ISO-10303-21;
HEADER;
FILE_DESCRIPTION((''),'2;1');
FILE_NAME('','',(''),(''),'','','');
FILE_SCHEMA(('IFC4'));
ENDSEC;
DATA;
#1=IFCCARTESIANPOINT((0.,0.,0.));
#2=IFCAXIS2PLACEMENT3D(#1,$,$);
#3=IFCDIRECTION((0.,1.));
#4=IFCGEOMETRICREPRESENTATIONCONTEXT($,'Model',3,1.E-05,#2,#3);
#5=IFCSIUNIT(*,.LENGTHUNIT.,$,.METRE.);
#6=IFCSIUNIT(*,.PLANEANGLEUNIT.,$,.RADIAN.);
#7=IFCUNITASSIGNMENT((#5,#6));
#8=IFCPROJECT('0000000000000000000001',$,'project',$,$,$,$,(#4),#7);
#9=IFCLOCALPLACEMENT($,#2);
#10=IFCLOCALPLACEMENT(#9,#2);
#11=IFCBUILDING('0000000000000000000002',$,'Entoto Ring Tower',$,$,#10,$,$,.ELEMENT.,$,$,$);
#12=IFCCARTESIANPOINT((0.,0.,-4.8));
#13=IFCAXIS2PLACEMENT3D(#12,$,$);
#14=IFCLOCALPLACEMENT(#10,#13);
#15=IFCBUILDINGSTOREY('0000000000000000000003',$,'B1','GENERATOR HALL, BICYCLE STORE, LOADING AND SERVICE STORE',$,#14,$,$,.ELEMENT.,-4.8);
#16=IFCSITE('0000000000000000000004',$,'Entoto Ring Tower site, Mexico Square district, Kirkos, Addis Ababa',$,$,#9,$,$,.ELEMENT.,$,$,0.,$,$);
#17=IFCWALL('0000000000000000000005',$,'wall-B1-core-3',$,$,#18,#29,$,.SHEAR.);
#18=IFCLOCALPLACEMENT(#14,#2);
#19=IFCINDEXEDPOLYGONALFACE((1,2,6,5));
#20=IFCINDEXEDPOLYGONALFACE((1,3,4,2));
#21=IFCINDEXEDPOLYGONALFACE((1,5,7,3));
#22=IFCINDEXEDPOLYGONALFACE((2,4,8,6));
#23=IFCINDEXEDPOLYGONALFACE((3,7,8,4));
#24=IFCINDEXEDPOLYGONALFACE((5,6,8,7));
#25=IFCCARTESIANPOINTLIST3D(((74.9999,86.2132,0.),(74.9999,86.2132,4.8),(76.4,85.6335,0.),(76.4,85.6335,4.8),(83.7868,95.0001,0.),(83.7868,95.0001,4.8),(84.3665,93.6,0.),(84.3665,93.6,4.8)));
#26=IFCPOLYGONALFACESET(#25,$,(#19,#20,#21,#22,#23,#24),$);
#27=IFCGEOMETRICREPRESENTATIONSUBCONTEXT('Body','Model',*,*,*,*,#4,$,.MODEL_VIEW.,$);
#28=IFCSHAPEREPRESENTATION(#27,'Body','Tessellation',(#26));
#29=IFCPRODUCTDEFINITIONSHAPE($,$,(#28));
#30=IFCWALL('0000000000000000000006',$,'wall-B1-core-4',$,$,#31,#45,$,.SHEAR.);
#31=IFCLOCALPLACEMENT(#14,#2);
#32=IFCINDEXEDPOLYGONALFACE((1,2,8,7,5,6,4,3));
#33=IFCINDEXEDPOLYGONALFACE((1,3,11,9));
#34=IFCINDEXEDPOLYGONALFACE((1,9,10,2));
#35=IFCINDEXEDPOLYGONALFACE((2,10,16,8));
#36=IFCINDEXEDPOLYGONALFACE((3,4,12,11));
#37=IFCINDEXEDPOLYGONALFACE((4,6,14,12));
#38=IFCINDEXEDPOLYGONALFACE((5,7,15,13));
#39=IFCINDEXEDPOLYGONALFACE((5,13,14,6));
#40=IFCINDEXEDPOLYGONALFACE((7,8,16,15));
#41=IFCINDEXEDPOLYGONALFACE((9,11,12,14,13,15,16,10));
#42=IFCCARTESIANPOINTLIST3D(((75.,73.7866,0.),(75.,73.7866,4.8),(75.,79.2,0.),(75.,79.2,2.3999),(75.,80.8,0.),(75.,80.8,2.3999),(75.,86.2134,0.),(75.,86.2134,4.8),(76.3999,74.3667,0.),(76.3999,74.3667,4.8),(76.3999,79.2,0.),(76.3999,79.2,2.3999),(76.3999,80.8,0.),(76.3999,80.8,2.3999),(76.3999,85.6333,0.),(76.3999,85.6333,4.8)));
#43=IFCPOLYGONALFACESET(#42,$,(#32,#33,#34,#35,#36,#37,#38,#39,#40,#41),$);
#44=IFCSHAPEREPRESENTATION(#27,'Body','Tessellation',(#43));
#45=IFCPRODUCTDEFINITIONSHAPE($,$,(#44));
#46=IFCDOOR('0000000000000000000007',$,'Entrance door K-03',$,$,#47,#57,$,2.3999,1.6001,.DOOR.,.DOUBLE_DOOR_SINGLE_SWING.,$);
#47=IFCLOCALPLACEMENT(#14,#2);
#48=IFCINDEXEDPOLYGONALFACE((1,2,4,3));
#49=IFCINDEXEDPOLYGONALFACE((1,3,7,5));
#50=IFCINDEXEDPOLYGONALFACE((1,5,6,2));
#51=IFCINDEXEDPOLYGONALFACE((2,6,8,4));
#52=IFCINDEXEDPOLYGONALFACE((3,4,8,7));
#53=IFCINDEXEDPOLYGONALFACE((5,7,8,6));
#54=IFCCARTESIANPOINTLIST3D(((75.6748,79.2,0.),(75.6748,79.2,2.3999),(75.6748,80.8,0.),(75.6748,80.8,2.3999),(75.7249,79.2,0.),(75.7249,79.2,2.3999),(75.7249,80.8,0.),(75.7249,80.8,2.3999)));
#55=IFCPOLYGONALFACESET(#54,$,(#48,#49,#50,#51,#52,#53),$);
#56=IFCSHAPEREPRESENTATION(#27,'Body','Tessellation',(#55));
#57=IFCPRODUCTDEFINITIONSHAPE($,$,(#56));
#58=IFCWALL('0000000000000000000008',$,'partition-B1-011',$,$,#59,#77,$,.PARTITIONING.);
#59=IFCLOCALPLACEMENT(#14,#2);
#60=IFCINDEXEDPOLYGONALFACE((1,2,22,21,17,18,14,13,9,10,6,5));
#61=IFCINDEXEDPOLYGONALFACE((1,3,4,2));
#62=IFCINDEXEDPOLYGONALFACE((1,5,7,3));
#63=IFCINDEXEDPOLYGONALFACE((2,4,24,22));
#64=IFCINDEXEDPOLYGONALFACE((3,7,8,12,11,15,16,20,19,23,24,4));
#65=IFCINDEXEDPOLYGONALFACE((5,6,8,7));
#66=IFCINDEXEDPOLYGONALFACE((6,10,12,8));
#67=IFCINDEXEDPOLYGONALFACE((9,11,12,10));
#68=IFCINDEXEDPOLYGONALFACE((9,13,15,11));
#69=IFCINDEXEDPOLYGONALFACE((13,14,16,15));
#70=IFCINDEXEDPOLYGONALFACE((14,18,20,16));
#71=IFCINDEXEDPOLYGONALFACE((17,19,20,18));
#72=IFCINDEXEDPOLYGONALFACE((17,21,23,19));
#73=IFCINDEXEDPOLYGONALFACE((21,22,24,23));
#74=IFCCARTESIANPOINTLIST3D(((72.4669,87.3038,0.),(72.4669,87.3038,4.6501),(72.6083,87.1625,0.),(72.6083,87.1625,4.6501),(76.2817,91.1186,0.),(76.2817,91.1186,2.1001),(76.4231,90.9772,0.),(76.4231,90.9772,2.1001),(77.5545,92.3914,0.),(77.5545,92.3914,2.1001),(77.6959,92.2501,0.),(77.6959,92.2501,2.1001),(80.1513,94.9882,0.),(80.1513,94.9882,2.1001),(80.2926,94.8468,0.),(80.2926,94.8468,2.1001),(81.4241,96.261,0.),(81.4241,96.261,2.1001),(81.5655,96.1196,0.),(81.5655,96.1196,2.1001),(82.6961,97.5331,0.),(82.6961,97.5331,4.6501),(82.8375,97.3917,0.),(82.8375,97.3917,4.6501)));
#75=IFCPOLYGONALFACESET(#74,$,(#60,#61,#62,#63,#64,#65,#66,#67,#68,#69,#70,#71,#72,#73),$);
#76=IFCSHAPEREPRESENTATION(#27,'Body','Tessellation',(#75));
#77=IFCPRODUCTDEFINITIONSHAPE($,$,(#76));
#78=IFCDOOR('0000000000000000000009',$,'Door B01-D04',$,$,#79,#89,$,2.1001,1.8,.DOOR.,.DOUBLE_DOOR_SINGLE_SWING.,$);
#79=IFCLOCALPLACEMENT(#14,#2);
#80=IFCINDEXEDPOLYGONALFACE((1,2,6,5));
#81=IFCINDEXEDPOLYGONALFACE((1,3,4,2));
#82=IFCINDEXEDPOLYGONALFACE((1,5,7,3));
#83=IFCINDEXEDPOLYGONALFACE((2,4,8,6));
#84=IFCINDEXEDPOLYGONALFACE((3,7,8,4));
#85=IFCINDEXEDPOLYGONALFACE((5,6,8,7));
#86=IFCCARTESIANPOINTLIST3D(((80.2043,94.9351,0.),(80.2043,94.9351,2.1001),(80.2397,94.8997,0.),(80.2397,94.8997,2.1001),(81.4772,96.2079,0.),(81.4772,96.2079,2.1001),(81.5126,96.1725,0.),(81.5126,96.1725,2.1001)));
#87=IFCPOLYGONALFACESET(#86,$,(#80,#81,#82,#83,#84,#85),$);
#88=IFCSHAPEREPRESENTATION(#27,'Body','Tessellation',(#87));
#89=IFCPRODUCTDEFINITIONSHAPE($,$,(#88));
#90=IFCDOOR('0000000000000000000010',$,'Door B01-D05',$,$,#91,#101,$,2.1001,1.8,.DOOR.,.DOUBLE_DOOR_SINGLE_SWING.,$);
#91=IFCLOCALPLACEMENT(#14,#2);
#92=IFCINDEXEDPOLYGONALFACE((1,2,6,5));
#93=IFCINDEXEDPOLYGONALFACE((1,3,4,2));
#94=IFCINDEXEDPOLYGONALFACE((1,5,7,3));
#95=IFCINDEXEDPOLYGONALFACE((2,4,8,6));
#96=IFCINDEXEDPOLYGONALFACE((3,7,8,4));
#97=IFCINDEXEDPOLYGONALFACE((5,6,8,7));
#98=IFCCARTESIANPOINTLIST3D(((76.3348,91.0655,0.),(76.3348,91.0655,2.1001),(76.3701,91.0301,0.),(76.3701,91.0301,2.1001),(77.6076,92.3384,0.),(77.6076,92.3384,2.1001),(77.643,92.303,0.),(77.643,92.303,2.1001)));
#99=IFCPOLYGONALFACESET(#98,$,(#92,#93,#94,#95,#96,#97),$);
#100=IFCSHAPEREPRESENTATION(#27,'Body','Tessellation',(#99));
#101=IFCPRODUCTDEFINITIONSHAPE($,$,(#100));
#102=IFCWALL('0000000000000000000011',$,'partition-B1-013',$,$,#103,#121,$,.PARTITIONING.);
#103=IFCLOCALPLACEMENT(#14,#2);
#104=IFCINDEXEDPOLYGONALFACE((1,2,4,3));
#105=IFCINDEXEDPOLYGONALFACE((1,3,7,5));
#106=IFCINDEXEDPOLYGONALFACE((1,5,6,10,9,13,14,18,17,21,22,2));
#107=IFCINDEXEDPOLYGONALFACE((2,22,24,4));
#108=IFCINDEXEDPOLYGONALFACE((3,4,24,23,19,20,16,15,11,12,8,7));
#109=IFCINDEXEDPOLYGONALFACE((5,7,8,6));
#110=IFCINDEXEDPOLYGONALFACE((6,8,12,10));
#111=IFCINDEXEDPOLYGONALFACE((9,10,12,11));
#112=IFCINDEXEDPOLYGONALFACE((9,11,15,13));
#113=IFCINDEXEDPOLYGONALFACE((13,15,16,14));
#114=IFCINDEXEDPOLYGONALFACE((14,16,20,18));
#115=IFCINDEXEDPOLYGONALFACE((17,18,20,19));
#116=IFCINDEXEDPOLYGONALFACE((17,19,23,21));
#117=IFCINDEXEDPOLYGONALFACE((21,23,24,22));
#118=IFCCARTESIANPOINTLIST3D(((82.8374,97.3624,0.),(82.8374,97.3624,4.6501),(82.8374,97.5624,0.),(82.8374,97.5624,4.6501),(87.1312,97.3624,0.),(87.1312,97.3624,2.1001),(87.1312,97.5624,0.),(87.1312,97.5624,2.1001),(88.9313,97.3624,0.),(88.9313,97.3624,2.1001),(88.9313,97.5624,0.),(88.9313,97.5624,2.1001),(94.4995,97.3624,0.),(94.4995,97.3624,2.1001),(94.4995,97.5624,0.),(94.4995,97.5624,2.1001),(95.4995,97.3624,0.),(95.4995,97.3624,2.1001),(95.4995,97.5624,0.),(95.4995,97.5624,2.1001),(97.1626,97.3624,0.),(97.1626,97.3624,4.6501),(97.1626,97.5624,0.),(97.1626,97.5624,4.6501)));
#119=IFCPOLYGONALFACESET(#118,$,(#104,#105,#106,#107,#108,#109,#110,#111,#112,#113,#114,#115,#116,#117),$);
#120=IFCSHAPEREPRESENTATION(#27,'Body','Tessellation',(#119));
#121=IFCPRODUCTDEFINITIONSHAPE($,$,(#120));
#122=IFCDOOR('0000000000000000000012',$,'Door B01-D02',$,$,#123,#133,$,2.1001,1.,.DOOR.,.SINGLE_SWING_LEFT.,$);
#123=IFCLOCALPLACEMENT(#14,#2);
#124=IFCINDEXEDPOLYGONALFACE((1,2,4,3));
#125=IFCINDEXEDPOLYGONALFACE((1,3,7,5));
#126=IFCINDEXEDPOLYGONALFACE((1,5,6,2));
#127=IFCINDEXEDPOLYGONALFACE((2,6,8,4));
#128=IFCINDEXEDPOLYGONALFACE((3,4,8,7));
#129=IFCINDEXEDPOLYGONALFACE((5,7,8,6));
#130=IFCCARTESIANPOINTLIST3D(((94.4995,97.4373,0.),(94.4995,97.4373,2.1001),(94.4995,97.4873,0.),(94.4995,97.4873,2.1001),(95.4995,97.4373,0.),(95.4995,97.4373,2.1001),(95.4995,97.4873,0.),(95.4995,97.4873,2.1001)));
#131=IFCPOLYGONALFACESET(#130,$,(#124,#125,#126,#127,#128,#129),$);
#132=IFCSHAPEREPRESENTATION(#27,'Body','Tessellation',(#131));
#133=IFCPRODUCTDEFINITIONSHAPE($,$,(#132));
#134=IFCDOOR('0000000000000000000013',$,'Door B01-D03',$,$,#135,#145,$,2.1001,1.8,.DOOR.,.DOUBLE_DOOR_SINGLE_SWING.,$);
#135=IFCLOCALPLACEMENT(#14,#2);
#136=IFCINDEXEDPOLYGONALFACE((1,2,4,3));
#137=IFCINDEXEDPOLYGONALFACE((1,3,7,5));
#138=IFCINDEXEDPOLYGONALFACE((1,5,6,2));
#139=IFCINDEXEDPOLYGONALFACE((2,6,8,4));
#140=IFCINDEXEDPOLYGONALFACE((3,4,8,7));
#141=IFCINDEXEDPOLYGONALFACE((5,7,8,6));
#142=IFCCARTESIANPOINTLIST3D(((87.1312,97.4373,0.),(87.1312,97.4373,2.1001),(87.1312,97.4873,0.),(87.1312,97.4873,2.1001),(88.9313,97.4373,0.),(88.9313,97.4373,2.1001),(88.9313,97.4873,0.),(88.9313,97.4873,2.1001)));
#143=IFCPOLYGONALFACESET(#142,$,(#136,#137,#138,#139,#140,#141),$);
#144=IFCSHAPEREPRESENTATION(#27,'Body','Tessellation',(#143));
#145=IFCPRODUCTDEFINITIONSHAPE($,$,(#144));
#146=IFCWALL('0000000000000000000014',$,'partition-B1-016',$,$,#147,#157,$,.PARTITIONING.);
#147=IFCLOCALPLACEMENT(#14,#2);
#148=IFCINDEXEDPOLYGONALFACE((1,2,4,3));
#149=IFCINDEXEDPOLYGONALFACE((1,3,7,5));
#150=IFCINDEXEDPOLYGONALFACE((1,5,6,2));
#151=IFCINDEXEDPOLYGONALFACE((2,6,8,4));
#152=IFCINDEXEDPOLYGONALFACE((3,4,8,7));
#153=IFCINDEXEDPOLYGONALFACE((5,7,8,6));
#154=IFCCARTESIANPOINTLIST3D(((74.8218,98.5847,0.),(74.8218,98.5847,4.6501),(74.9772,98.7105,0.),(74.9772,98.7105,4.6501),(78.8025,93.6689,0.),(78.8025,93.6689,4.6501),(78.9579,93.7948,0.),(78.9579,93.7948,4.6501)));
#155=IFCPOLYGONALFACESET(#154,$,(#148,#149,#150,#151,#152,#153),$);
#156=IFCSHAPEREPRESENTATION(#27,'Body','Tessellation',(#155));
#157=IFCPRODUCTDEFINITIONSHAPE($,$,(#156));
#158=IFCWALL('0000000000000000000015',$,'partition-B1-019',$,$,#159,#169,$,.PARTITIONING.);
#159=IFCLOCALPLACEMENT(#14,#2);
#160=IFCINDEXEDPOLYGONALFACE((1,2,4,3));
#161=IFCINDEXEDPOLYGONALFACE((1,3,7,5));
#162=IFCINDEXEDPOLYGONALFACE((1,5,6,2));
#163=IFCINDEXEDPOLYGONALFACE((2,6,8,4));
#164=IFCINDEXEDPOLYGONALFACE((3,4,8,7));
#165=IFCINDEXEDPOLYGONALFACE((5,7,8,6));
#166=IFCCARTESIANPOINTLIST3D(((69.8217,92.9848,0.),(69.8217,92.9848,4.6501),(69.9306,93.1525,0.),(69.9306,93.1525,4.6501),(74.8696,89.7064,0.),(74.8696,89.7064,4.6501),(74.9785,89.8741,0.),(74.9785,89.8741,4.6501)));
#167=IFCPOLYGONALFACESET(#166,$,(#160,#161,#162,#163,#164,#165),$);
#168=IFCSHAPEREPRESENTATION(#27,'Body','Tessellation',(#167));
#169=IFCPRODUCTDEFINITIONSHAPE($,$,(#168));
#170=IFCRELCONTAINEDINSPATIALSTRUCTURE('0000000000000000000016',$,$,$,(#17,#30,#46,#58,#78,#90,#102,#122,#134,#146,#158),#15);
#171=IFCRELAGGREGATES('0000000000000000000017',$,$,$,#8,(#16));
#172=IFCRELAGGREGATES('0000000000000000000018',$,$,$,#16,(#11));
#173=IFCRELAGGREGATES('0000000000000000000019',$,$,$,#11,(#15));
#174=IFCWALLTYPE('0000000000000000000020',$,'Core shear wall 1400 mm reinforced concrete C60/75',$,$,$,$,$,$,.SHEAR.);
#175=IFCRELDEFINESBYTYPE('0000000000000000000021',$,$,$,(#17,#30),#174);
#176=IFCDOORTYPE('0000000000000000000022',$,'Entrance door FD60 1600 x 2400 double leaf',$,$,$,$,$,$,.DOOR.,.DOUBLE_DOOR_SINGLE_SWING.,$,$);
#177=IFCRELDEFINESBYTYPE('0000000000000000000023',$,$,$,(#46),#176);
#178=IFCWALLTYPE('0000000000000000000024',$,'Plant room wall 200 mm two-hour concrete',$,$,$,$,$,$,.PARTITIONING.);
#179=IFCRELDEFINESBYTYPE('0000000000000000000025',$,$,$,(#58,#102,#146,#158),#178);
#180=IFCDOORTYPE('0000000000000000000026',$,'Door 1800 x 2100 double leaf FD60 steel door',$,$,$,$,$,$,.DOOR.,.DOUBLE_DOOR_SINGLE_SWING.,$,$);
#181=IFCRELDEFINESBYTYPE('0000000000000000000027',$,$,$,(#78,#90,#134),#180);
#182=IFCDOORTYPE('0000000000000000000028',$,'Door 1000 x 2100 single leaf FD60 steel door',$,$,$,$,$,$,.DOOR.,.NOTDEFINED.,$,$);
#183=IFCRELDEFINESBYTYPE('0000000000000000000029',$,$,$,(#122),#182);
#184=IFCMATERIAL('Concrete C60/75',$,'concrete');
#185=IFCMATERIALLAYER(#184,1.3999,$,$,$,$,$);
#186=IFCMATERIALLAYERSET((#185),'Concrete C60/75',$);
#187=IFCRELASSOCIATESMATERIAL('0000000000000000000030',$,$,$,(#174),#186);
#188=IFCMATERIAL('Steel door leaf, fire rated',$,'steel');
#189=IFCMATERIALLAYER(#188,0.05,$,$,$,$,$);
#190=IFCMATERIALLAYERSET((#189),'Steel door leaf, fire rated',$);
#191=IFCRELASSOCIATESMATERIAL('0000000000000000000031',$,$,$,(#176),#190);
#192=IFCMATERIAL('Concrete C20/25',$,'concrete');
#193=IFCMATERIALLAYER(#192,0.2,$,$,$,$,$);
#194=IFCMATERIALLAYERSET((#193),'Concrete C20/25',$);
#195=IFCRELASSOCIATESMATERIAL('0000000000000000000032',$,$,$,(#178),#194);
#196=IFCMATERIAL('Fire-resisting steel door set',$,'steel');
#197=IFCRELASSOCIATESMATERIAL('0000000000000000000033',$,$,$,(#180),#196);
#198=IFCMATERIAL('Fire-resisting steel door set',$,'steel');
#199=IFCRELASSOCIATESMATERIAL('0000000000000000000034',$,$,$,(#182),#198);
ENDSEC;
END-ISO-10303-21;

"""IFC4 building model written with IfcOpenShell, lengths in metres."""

from ifc_helpers import new_model, si_unit, direction, frame, frame_2d, origin, place, context, subcontext, project, spatial, polyline, rectangle, outline, extrude, material, layer, layer_set, type_object, element, fill, save


model = new_model("IFC4")

# Units and contexts
model_context = context("Model", 3, precision=1e-05, world=origin(), true_north=direction((0.0, 1.0)))
body_context = subcontext(model_context, "Body", "Model", "MODEL_VIEW")
ifc_project = project(units=[si_unit("LENGTHUNIT", "METRE"), si_unit("PLANEANGLEUNIT", "RADIAN")], contexts=[model_context])

# Site, building, storey
site_placement = place(None, origin())
site = spatial("IfcSite", under=ifc_project, at=site_placement, Name="Entoto Ring Tower site, Mexico Square district, Kirkos, Addis Ababa", CompositionType="ELEMENT", RefElevation=0.0)
building_placement = place(site_placement, origin())
building = spatial("IfcBuilding", under=site, at=building_placement, Name="Entoto Ring Tower", CompositionType="ELEMENT")
storey_placement = place(building_placement, frame((0.0, 0.0, -4.8)))
storey = spatial("IfcBuildingStorey", under=building, at=storey_placement, Name="B1", Description="GENERATOR HALL, BICYCLE STORE, LOADING AND SERVICE STORE", CompositionType="ELEMENT", Elevation=-4.8)

# Wall
ifc_material_1 = material(Name="Concrete C60/75", Category="concrete")
ifc_layer_1 = layer(ifc_material_1, 1.3999)
ifc_layer_set_1 = layer_set([ifc_layer_1], Name="Concrete C60/75")
wall_type_1 = type_object("IfcWallType", Name="Core shear wall 1400 mm reinforced concrete C60/75", PredefinedType="SHEAR", material=ifc_layer_set_1)
wall_1_placement = place(storey_placement, frame((84.0767, 94.3, 0.0), z_axis=(0.0, 0.0, 1.0), x_axis=(-0.707107, -0.707107, 0.0)))
element("IfcWall", 1, at=wall_1_placement, inside=storey, type_object=wall_type_1, Name="wall-B1-core-3", PredefinedType="SHEAR", context=body_context, shape_type="SweptSolid", body=[
    extrude(outline(polyline([(-0.29, -0.7), (12.1365, -0.7), (11.5564, 0.7), (0.29, 0.7), (-0.29, -0.7)])), origin(), (0.0, 0.0, 1.0), 4.8),
])

# Wall, opening, door
wall_2_placement = place(storey_placement, frame((75.7, 85.9233, 0.0), z_axis=(0.0, 0.0, 1.0), x_axis=(0.0, -1.0, 0.0)))
wall_2 = element("IfcWall", 2, at=wall_2_placement, inside=storey, type_object=wall_type_1, Name="wall-B1-core-4", PredefinedType="SHEAR", context=body_context, shape_type="SweptSolid", body=[
    extrude(outline(polyline([(-0.29, -0.7), (12.1367, -0.7), (11.5566, 0.7), (0.29, 0.7), (-0.29, -0.7)])), origin(), (0.0, 0.0, 1.0), 4.8),
])
opening_1_placement = place(wall_2_placement, frame((5.1233, 0.0, 0.0)))
opening_1 = element("IfcOpeningElement", 3, at=opening_1_placement, cuts=wall_2, PredefinedType="OPENING", context=body_context, shape_type="SweptSolid", body=[
    extrude(rectangle(XDim=1.6001, YDim=2.3999, at=frame_2d((0.8, 1.2))), frame((0.0, 0.71, 0.0), z_axis=(0.0, -1.0, 0.0), x_axis=(1.0, 0.0, 0.0)), (0.0, 0.0, 1.0), 1.4199),
])
ifc_material_2 = material(Name="Steel door leaf, fire rated", Category="steel")
ifc_layer_2 = layer(ifc_material_2, 0.05)
ifc_layer_set_2 = layer_set([ifc_layer_2], Name="Steel door leaf, fire rated")
door_type_1 = type_object("IfcDoorType", Name="Entrance door FD60 1600 x 2400 double leaf", OperationType="DOUBLE_DOOR_SINGLE_SWING", PredefinedType="DOOR", material=ifc_layer_set_2)
door_1_placement = place(opening_1_placement, origin())
door_1 = element("IfcDoor", 4, at=door_1_placement, inside=storey, type_object=door_type_1, Name="Entrance door K-03", OperationType="DOUBLE_DOOR_SINGLE_SWING", OverallHeight=2.3999, OverallWidth=1.6001, PredefinedType="DOOR", context=body_context, shape_type="SweptSolid", body=[
    extrude(rectangle(XDim=1.6001, YDim=2.3999, at=frame_2d((0.8, 1.2))), frame((0.0, 0.0249, 0.0), z_axis=(0.0, -1.0, 0.0), x_axis=(1.0, 0.0, 0.0)), (0.0, 0.0, 1.0), 0.05),
])
fill(opening_1, door_1)

# Walls, openings, doors
ifc_material_3 = material(Name="Concrete C20/25", Category="concrete")
ifc_layer_3 = layer(ifc_material_3, 0.2)
ifc_layer_set_3 = layer_set([ifc_layer_3], Name="Concrete C20/25")
wall_type_2 = type_object("IfcWallType", Name="Plant room wall 200 mm two-hour concrete", PredefinedType="PARTITIONING", material=ifc_layer_set_3)
wall_3_placement = place(storey_placement, frame((72.5376, 87.2332, 0.0), z_axis=(0.0, 0.0, 1.0), x_axis=(0.707107, 0.707107, 0.0)))
wall_3 = element("IfcWall", 5, at=wall_3_placement, inside=storey, type_object=wall_type_2, Name="partition-B1-011", PredefinedType="PARTITIONING", context=body_context, shape_type="SweptSolid", body=[
    extrude(rectangle(XDim=14.4663, YDim=0.2, at=frame_2d((7.2332, 0.0))), origin(), (0.0, 0.0, 1.0), 4.6501),
])
opening_2_placement = place(wall_3_placement, frame((10.8674, 0.0, 0.0)))
opening_2 = element("IfcOpeningElement", 6, at=opening_2_placement, cuts=wall_3, PredefinedType="OPENING", context=body_context, shape_type="SweptSolid", body=[
    extrude(rectangle(XDim=1.8, YDim=2.1001, at=frame_2d((0.8999, 1.05))), frame((0.0, 0.1099, 0.0), z_axis=(0.0, -1.0, 0.0), x_axis=(1.0, 0.0, 0.0)), (0.0, 0.0, 1.0), 0.22),
])
opening_3_placement = place(wall_3_placement, frame((5.395, 0.0, 0.0)))
opening_3 = element("IfcOpeningElement", 7, at=opening_3_placement, cuts=wall_3, PredefinedType="OPENING", context=body_context, shape_type="SweptSolid", body=[
    extrude(rectangle(XDim=1.8, YDim=2.1001, at=frame_2d((0.8999, 1.05))), frame((0.0, 0.1099, 0.0), z_axis=(0.0, -1.0, 0.0), x_axis=(1.0, 0.0, 0.0)), (0.0, 0.0, 1.0), 0.22),
])
ifc_material_4 = material(Name="Fire-resisting steel door set", Category="steel")
door_type_2 = type_object("IfcDoorType", Name="Door 1800 x 2100 double leaf FD60 steel door", OperationType="DOUBLE_DOOR_SINGLE_SWING", PredefinedType="DOOR", material=ifc_material_4)
door_2_placement = place(opening_2_placement, origin())
door_2 = element("IfcDoor", 8, at=door_2_placement, inside=storey, type_object=door_type_2, Name="Door B01-D04", OperationType="DOUBLE_DOOR_SINGLE_SWING", OverallHeight=2.1001, OverallWidth=1.8, PredefinedType="DOOR", context=body_context, shape_type="SweptSolid", body=[
    extrude(rectangle(XDim=1.8, YDim=2.1001, at=frame_2d((0.8999, 1.05))), frame((0.0, 0.0249, 0.0), z_axis=(0.0, -1.0, 0.0), x_axis=(1.0, 0.0, 0.0)), (0.0, 0.0, 1.0), 0.05),
])
fill(opening_2, door_2)
door_3_placement = place(opening_3_placement, origin())
door_3 = element("IfcDoor", 9, at=door_3_placement, inside=storey, type_object=door_type_2, Name="Door B01-D05", OperationType="DOUBLE_DOOR_SINGLE_SWING", OverallHeight=2.1001, OverallWidth=1.8, PredefinedType="DOOR", context=body_context, shape_type="SweptSolid", body=[
    extrude(rectangle(XDim=1.8, YDim=2.1001, at=frame_2d((0.8999, 1.05))), frame((0.0, 0.0249, 0.0), z_axis=(0.0, -1.0, 0.0), x_axis=(1.0, 0.0, 0.0)), (0.0, 0.0, 1.0), 0.05),
])
fill(opening_3, door_3)
wall_4_placement = place(storey_placement, frame((82.8374, 97.4624, 0.0), z_axis=(0.0, 0.0, 1.0), x_axis=(1.0, 0.0, 0.0)))
wall_4 = element("IfcWall", 10, at=wall_4_placement, inside=storey, type_object=wall_type_2, Name="partition-B1-013", PredefinedType="PARTITIONING", context=body_context, shape_type="SweptSolid", body=[
    extrude(rectangle(XDim=14.3252, YDim=0.2, at=frame_2d((7.1626, 0.0))), origin(), (0.0, 0.0, 1.0), 4.6501),
])
opening_4_placement = place(wall_4_placement, frame((11.6621, 0.0, 0.0)))
opening_4 = element("IfcOpeningElement", 11, at=opening_4_placement, cuts=wall_4, PredefinedType="OPENING", context=body_context, shape_type="SweptSolid", body=[
    extrude(rectangle(XDim=1.0, YDim=2.1001, at=frame_2d((0.5, 1.05))), frame((0.0, 0.1099, 0.0), z_axis=(0.0, -1.0, 0.0), x_axis=(1.0, 0.0, 0.0)), (0.0, 0.0, 1.0), 0.22),
])
opening_5_placement = place(wall_4_placement, frame((4.2939, 0.0, 0.0)))
opening_5 = element("IfcOpeningElement", 12, at=opening_5_placement, cuts=wall_4, PredefinedType="OPENING", context=body_context, shape_type="SweptSolid", body=[
    extrude(rectangle(XDim=1.8, YDim=2.1001, at=frame_2d((0.8999, 1.05))), frame((0.0, 0.1099, 0.0), z_axis=(0.0, -1.0, 0.0), x_axis=(1.0, 0.0, 0.0)), (0.0, 0.0, 1.0), 0.22),
])
ifc_material_5 = material(Name="Fire-resisting steel door set", Category="steel")
door_type_3 = type_object("IfcDoorType", Name="Door 1000 x 2100 single leaf FD60 steel door", OperationType="NOTDEFINED", PredefinedType="DOOR", material=ifc_material_5)
door_4_placement = place(opening_4_placement, origin())
door_4 = element("IfcDoor", 13, at=door_4_placement, inside=storey, type_object=door_type_3, Name="Door B01-D02", OperationType="SINGLE_SWING_LEFT", OverallHeight=2.1001, OverallWidth=1.0, PredefinedType="DOOR", context=body_context, shape_type="SweptSolid", body=[
    extrude(rectangle(XDim=1.0, YDim=2.1001, at=frame_2d((0.5, 1.05))), frame((0.0, 0.0249, 0.0), z_axis=(0.0, -1.0, 0.0), x_axis=(1.0, 0.0, 0.0)), (0.0, 0.0, 1.0), 0.05),
])
fill(opening_4, door_4)
door_5_placement = place(opening_5_placement, origin())
door_5 = element("IfcDoor", 14, at=door_5_placement, inside=storey, type_object=door_type_2, Name="Door B01-D03", OperationType="DOUBLE_DOOR_SINGLE_SWING", OverallHeight=2.1001, OverallWidth=1.8, PredefinedType="DOOR", context=body_context, shape_type="SweptSolid", body=[
    extrude(rectangle(XDim=1.8, YDim=2.1001, at=frame_2d((0.8999, 1.05))), frame((0.0, 0.0249, 0.0), z_axis=(0.0, -1.0, 0.0), x_axis=(1.0, 0.0, 0.0)), (0.0, 0.0, 1.0), 0.05),
])
fill(opening_5, door_5)

# Walls
wall_5_placement = place(storey_placement, frame((78.8801, 93.7319, 0.0), z_axis=(0.0, 0.0, 1.0), x_axis=(-0.62932, 0.777146, 0.0)))
element("IfcWall", 15, at=wall_5_placement, inside=storey, type_object=wall_type_2, Name="partition-B1-016", PredefinedType="PARTITIONING", context=body_context, shape_type="SweptSolid", body=[
    extrude(rectangle(XDim=6.3254, YDim=0.2, at=frame_2d((3.1626, 0.0))), origin(), (0.0, 0.0, 1.0), 4.6501),
])
wall_6_placement = place(storey_placement, frame((74.9241, 89.7903, 0.0), z_axis=(0.0, 0.0, 1.0), x_axis=(-0.838655, 0.544663, 0.0)))
element("IfcWall", 16, at=wall_6_placement, inside=storey, type_object=wall_type_2, Name="partition-B1-019", PredefinedType="PARTITIONING", context=body_context, shape_type="SweptSolid", body=[
    extrude(rectangle(XDim=6.019, YDim=0.2, at=frame_2d((3.0095, 0.0))), origin(), (0.0, 0.0, 1.0), 4.6501),
])

save(model, "model.ifc")
